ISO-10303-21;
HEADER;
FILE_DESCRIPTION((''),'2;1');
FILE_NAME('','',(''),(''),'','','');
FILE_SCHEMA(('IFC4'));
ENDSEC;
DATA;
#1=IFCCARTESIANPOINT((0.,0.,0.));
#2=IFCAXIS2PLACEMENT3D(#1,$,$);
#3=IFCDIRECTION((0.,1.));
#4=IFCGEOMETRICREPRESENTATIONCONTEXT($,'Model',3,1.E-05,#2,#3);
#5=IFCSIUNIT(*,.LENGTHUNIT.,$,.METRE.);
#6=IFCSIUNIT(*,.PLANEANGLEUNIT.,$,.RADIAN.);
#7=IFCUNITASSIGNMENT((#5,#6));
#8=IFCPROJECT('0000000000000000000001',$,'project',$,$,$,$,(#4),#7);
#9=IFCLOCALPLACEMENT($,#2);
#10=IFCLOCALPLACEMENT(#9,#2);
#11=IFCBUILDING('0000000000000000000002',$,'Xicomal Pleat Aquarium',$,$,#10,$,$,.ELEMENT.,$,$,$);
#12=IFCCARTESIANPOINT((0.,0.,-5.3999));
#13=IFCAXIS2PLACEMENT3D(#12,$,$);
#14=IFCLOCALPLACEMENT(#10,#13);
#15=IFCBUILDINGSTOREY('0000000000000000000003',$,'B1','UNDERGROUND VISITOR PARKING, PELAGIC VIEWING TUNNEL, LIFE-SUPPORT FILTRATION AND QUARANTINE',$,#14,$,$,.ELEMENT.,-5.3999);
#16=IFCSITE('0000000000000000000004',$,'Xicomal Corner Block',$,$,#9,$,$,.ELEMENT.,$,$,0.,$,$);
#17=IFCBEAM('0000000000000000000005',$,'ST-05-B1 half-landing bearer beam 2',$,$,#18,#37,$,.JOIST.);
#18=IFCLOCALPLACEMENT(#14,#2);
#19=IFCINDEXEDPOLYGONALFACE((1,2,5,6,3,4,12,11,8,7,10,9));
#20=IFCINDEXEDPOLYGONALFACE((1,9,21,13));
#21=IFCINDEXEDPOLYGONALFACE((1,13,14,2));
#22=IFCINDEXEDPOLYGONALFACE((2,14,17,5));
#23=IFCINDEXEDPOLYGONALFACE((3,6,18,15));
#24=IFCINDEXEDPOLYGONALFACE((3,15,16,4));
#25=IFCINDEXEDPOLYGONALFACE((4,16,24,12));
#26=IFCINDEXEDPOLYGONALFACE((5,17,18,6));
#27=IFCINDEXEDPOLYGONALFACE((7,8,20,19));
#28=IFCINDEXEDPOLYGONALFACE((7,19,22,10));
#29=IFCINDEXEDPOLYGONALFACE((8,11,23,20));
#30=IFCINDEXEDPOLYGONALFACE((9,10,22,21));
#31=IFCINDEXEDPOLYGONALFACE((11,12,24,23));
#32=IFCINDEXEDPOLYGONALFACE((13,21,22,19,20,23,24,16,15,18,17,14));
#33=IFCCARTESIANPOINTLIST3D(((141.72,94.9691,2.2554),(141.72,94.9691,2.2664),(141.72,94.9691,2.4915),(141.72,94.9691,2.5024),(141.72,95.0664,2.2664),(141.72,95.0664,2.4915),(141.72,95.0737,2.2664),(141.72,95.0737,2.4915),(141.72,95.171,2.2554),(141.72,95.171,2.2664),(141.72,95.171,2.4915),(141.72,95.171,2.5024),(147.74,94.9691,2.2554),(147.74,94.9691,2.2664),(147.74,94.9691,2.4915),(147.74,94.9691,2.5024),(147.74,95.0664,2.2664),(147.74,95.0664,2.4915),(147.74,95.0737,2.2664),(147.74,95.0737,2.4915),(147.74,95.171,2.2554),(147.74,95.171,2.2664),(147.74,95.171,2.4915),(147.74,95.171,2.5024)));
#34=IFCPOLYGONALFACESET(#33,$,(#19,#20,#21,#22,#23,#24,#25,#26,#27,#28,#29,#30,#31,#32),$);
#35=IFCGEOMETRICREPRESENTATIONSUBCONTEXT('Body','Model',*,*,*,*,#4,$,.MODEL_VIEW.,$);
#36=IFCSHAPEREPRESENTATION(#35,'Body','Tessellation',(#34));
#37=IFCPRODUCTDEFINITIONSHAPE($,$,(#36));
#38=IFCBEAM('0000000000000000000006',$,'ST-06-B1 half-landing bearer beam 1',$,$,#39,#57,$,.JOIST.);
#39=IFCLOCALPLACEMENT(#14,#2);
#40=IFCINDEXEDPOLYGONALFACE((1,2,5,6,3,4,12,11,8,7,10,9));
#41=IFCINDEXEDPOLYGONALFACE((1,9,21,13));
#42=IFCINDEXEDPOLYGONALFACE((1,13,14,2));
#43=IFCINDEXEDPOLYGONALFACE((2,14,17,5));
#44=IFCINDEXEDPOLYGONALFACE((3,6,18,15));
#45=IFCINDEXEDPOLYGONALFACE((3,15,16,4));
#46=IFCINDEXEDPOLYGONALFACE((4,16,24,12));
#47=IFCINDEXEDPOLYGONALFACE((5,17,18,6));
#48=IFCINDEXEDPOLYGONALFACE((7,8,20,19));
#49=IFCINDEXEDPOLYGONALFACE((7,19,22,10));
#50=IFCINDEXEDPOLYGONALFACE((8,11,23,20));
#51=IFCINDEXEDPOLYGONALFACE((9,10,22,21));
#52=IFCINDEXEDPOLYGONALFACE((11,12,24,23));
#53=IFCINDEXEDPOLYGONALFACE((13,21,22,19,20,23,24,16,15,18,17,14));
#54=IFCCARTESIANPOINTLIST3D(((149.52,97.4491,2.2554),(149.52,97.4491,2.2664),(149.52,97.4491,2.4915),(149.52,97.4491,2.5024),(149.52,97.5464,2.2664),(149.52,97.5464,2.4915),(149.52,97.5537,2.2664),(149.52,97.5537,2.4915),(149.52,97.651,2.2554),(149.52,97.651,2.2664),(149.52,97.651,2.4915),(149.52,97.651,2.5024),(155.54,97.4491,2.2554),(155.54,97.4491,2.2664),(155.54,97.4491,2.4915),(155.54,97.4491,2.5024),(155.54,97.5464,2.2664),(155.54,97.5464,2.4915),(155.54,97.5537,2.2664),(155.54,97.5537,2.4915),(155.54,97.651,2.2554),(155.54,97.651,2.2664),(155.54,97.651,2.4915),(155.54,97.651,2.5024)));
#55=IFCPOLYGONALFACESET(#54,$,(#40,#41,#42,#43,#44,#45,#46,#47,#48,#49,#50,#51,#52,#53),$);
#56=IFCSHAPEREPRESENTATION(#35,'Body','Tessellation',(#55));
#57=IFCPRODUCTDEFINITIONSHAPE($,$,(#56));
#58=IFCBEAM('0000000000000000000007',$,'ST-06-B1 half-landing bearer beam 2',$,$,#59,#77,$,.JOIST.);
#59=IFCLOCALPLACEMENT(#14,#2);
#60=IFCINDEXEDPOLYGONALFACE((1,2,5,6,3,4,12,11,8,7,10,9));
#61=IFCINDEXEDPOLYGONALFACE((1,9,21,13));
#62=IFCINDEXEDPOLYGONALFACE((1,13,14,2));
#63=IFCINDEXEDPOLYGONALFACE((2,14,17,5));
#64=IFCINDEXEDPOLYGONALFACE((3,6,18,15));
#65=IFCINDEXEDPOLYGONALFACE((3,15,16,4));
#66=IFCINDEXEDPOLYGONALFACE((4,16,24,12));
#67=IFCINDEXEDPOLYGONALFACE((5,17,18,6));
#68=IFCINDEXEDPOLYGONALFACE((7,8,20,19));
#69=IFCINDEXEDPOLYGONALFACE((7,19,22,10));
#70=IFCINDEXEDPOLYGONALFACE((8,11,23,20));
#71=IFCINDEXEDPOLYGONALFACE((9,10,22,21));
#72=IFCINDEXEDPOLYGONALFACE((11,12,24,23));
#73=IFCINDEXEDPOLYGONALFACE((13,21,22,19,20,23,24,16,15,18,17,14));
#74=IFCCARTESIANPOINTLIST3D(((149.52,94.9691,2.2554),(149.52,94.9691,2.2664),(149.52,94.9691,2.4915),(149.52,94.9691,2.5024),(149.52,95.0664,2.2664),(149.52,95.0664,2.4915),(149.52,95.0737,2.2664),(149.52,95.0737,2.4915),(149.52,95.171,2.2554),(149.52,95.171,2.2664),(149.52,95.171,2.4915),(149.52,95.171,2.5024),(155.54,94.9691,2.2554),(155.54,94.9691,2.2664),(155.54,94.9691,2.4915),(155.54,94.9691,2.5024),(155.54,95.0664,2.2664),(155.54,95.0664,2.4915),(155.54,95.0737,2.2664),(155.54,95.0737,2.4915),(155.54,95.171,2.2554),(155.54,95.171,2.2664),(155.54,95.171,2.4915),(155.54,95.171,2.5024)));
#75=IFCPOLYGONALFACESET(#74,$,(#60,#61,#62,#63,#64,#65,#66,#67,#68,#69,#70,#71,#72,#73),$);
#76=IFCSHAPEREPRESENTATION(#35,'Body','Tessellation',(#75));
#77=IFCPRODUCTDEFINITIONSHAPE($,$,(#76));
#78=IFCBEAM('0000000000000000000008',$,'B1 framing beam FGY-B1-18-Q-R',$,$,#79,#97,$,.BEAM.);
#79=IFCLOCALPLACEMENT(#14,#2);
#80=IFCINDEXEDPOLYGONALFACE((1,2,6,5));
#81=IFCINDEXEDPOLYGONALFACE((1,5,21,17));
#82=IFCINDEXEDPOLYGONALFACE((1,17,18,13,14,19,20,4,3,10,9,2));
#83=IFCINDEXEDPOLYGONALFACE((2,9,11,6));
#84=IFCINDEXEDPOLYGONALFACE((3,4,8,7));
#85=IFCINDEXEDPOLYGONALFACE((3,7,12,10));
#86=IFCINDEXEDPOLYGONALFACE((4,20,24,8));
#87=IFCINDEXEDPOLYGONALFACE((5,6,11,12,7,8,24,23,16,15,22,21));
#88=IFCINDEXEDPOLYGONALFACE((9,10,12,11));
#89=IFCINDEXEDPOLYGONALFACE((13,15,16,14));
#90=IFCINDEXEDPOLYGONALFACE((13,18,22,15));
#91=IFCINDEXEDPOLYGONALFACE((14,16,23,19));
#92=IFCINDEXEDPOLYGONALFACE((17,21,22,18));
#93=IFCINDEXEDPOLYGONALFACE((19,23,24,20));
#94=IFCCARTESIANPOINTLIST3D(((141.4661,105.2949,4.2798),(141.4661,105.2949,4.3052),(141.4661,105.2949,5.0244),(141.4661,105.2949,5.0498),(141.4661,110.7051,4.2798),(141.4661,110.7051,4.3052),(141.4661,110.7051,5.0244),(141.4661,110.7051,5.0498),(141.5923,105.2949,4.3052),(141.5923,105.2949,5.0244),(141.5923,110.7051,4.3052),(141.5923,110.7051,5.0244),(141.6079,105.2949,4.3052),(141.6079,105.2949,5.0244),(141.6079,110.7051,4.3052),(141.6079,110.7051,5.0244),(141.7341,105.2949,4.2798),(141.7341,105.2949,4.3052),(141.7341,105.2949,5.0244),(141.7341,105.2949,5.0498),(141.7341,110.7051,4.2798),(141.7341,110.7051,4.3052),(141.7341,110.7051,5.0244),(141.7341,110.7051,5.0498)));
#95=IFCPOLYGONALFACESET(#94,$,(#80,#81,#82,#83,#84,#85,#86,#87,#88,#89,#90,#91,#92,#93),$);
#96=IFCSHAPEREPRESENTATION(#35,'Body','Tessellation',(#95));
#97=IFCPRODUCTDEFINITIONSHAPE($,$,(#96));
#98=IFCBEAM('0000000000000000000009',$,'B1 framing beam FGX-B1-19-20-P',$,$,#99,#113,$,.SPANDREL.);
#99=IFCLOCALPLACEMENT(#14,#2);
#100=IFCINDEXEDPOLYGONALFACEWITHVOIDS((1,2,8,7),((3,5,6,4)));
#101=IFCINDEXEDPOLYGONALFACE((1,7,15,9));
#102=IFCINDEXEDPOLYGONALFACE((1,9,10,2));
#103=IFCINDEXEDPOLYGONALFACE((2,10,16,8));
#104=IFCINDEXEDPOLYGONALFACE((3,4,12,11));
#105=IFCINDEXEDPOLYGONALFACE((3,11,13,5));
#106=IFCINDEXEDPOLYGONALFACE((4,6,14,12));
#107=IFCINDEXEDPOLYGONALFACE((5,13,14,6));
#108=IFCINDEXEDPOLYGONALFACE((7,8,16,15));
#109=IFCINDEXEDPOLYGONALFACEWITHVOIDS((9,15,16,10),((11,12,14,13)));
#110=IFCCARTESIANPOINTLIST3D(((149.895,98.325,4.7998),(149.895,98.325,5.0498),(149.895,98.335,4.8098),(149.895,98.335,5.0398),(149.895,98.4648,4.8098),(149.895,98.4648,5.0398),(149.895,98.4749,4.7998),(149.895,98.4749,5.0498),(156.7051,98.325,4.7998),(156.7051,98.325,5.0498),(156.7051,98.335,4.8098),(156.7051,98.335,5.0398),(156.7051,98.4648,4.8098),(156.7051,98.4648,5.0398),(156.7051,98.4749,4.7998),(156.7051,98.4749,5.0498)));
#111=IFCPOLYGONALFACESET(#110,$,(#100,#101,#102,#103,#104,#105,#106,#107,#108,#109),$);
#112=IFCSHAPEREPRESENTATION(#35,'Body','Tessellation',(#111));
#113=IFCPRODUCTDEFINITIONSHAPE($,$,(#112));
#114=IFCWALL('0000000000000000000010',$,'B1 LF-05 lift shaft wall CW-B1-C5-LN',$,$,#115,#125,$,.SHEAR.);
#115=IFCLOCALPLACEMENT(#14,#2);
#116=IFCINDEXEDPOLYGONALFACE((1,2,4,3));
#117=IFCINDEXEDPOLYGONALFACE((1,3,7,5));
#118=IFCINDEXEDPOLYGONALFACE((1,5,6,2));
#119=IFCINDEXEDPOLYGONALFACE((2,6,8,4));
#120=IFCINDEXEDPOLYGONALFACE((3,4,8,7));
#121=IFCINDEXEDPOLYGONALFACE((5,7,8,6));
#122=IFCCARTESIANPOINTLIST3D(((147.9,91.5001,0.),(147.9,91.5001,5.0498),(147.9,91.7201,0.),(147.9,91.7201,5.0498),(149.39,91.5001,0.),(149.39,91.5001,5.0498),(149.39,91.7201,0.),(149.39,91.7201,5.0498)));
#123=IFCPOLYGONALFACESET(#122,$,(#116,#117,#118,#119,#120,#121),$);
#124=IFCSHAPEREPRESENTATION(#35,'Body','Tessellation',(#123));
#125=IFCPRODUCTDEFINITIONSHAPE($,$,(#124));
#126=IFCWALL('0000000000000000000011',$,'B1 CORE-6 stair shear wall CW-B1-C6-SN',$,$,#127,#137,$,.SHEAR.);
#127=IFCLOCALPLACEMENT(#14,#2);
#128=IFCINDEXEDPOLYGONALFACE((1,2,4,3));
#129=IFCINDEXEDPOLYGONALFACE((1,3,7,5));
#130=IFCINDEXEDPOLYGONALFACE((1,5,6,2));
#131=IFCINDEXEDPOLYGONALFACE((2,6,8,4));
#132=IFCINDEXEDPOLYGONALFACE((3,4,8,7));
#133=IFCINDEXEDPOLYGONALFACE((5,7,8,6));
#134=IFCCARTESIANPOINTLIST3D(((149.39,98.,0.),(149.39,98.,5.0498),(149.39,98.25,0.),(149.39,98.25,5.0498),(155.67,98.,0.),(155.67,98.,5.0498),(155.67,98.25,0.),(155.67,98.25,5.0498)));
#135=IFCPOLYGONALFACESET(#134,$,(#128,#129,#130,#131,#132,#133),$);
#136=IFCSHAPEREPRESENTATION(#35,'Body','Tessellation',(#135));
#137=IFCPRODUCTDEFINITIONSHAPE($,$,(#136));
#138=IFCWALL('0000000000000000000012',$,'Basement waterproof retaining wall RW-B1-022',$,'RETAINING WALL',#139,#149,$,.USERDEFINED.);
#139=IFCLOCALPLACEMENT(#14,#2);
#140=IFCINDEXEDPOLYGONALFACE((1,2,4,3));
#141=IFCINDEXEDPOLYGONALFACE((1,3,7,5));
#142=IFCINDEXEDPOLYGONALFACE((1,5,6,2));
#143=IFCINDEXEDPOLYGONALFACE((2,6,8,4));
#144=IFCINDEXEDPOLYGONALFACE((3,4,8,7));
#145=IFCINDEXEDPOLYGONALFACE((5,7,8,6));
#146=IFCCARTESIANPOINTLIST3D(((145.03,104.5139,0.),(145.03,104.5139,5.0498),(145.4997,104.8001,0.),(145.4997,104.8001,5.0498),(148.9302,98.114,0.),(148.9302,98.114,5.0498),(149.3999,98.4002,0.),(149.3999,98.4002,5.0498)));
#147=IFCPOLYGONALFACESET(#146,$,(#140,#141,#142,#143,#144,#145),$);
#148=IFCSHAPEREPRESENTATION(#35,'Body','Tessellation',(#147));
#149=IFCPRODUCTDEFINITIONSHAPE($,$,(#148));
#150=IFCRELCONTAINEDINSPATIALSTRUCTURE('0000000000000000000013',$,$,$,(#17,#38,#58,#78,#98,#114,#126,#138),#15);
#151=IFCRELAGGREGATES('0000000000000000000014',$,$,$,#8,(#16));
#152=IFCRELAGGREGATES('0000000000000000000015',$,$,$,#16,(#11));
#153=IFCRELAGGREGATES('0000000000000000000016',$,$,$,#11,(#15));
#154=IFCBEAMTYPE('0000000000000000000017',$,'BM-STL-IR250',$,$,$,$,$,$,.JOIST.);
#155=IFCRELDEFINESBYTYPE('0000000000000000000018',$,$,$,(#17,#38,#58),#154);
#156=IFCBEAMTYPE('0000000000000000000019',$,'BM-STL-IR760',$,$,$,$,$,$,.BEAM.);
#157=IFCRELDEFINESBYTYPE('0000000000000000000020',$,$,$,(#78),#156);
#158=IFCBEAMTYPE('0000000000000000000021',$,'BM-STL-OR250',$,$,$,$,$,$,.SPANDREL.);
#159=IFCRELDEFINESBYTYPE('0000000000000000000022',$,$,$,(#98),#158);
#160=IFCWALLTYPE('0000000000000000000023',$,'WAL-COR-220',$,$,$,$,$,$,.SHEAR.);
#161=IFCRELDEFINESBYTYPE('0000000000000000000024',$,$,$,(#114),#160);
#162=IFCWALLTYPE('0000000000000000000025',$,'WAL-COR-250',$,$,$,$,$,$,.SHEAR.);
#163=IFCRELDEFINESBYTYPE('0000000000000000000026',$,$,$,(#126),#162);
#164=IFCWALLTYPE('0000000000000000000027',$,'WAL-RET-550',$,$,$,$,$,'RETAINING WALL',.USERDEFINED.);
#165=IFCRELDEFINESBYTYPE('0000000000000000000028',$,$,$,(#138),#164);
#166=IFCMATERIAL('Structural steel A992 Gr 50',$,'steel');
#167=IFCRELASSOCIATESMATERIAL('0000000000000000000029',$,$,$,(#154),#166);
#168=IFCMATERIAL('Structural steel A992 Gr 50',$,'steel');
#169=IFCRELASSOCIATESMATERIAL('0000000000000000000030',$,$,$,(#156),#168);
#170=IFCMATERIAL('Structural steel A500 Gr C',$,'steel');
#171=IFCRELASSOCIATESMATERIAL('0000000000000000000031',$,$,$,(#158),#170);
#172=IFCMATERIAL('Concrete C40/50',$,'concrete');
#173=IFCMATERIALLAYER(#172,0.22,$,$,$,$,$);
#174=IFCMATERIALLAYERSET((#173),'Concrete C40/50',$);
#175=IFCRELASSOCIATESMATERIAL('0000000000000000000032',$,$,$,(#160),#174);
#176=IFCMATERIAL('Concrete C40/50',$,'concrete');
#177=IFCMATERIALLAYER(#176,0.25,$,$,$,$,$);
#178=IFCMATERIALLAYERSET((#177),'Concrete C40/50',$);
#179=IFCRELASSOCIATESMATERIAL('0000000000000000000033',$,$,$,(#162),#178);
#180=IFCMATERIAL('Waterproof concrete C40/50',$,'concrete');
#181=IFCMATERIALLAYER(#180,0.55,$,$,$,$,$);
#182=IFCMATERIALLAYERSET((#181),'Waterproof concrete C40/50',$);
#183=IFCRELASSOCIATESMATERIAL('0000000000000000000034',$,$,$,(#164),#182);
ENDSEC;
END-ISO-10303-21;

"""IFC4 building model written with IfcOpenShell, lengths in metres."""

from ifc_helpers import new_model, si_unit, direction, frame, frame_2d, origin, origin_2d, place, context, subcontext, project, spatial, rectangle, hollow_rectangle, i_section, extrude, material, layer, layer_set, material_profile, profile_set, type_object, element, save


model = new_model("IFC4")

# Units and contexts
model_context = context("Model", 3, precision=1e-05, world=origin(), true_north=direction((0.0, 1.0)))
body_context = subcontext(model_context, "Body", "Model", "MODEL_VIEW")
ifc_project = project(units=[si_unit("LENGTHUNIT", "METRE"), si_unit("PLANEANGLEUNIT", "RADIAN")], contexts=[model_context])

# Site, building, storey
site_placement = place(None, origin())
site = spatial("IfcSite", under=ifc_project, at=site_placement, Name="Xicomal Corner Block", CompositionType="ELEMENT", RefElevation=0.0)
building_placement = place(site_placement, origin())
building = spatial("IfcBuilding", under=site, at=building_placement, Name="Xicomal Pleat Aquarium", CompositionType="ELEMENT")
storey_placement = place(building_placement, frame((0.0, 0.0, -5.3999)))
storey = spatial("IfcBuildingStorey", under=building, at=storey_placement, Name="B1", Description="UNDERGROUND VISITOR PARKING, PELAGIC VIEWING TUNNEL, LIFE-SUPPORT FILTRATION AND QUARANTINE", CompositionType="ELEMENT", Elevation=-5.3999)

# Beams
ifc_material_1 = material(Name="Structural steel A992 Gr 50", Category="steel")
ifc_material_profile_1 = material_profile(ifc_material_1, i_section(OverallWidth=0.2019, OverallDepth=0.2471, WebThickness=0.0073, FlangeThickness=0.011, at=origin_2d()), Name="IR 250x49")
ifc_profile_set_1 = profile_set([ifc_material_profile_1], Name="Structural steel A992 Gr 50")
beam_type_1 = type_object("IfcBeamType", Name="BM-STL-IR250", PredefinedType="JOIST", material=ifc_profile_set_1)
for number, where, z_axis, x_axis, name in (
    (1, (141.72, 95.0701, 2.3789), (1.0, 0.0, 0.0), (0.0, 1.0, 0.0), "ST-05-B1 half-landing bearer beam 2"),
    (2, (149.52, 97.55, 2.3789), (1.0, 0.0, 0.0), (0.0, 1.0, 0.0), "ST-06-B1 half-landing bearer beam 1"),
    (3, (149.52, 95.0701, 2.3789), (1.0, 0.0, 0.0), (0.0, 1.0, 0.0), "ST-06-B1 half-landing bearer beam 2"),
):
    element("IfcBeam", number, at=place(storey_placement, frame(where, z_axis=z_axis, x_axis=x_axis)), inside=storey, type_object=beam_type_1, Name=name, PredefinedType="JOIST", context=body_context, shape_type="SweptSolid", body=[
        extrude(i_section(OverallWidth=0.2019, OverallDepth=0.2471, WebThickness=0.0073, FlangeThickness=0.011, at=origin_2d()), origin(), (0.0, 0.0, 1.0), 6.02),
    ])
ifc_material_2 = material(Name="Structural steel A992 Gr 50", Category="steel")
ifc_material_profile_2 = material_profile(ifc_material_2, i_section(OverallWidth=0.2681, OverallDepth=0.77, WebThickness=0.0156, FlangeThickness=0.0254, at=origin_2d()), Name="IR 760x196")
ifc_profile_set_2 = profile_set([ifc_material_profile_2], Name="Structural steel A992 Gr 50")
beam_type_2 = type_object("IfcBeamType", Name="BM-STL-IR760", PredefinedType="BEAM", material=ifc_profile_set_2)
beam_1_placement = place(storey_placement, frame((141.6001, 105.2949, 4.6648), z_axis=(0.0, 1.0, 0.0), x_axis=(-1.0, 0.0, 0.0)))
element("IfcBeam", 4, at=beam_1_placement, inside=storey, type_object=beam_type_2, Name="B1 framing beam FGY-B1-18-Q-R", PredefinedType="BEAM", context=body_context, shape_type="SweptSolid", body=[
    extrude(i_section(OverallWidth=0.2681, OverallDepth=0.77, WebThickness=0.0156, FlangeThickness=0.0254, at=origin_2d()), origin(), (0.0, 0.0, 1.0), 5.4102),
])
ifc_material_3 = material(Name="Structural steel A500 Gr C", Category="steel")
ifc_material_profile_3 = material_profile(ifc_material_3, hollow_rectangle(XDim=0.1499, YDim=0.25, WallThickness=0.01, at=origin_2d()), Name="OR 250x150x10")
ifc_profile_set_3 = profile_set([ifc_material_profile_3], Name="Structural steel A500 Gr C")
beam_type_3 = type_object("IfcBeamType", Name="BM-STL-OR250", PredefinedType="SPANDREL", material=ifc_profile_set_3)
beam_2_placement = place(storey_placement, frame((149.895, 98.3999, 4.9248), z_axis=(1.0, 0.0, 0.0), x_axis=(0.0, 1.0, 0.0)))
element("IfcBeam", 5, at=beam_2_placement, inside=storey, type_object=beam_type_3, Name="B1 framing beam FGX-B1-19-20-P", PredefinedType="SPANDREL", context=body_context, shape_type="SweptSolid", body=[
    extrude(hollow_rectangle(XDim=0.1499, YDim=0.25, WallThickness=0.01, at=origin_2d()), origin(), (0.0, 0.0, 1.0), 6.8101),
])

# Walls
ifc_material_4 = material(Name="Concrete C40/50", Category="concrete")
ifc_layer_1 = layer(ifc_material_4, 0.22)
ifc_layer_set_1 = layer_set([ifc_layer_1], Name="Concrete C40/50")
wall_type_1 = type_object("IfcWallType", Name="WAL-COR-220", PredefinedType="SHEAR", material=ifc_layer_set_1)
wall_1_placement = place(storey_placement, frame((147.8999, 91.6101, 0.0), z_axis=(0.0, 0.0, 1.0), x_axis=(1.0, 0.0, 0.0)))
element("IfcWall", 6, at=wall_1_placement, inside=storey, type_object=wall_type_1, Name="B1 LF-05 lift shaft wall CW-B1-C5-LN", PredefinedType="SHEAR", context=body_context, shape_type="SweptSolid", body=[
    extrude(rectangle(XDim=1.49, YDim=0.22, at=frame_2d((0.7451, 0.0))), origin(), (0.0, 0.0, 1.0), 5.0498),
])
ifc_material_5 = material(Name="Concrete C40/50", Category="concrete")
ifc_layer_2 = layer(ifc_material_5, 0.25)
ifc_layer_set_2 = layer_set([ifc_layer_2], Name="Concrete C40/50")
wall_type_2 = type_object("IfcWallType", Name="WAL-COR-250", PredefinedType="SHEAR", material=ifc_layer_set_2)
wall_2_placement = place(storey_placement, frame((149.3899, 98.125, 0.0), z_axis=(0.0, 0.0, 1.0), x_axis=(1.0, 0.0, 0.0)))
element("IfcWall", 7, at=wall_2_placement, inside=storey, type_object=wall_type_2, Name="B1 CORE-6 stair shear wall CW-B1-C6-SN", PredefinedType="SHEAR", context=body_context, shape_type="SweptSolid", body=[
    extrude(rectangle(XDim=6.28, YDim=0.25, at=frame_2d((3.1401, 0.0))), origin(), (0.0, 0.0, 1.0), 5.0498),
])
ifc_material_6 = material(Name="Waterproof concrete C40/50", Category="concrete")
ifc_layer_3 = layer(ifc_material_6, 0.55)
ifc_layer_set_3 = layer_set([ifc_layer_3], Name="Waterproof concrete C40/50")
wall_type_3 = type_object("IfcWallType", Name="WAL-RET-550", ElementType="RETAINING WALL", PredefinedType="USERDEFINED", material=ifc_layer_set_3)
wall_3_placement = place(storey_placement, frame((145.2649, 104.657, 0.0), z_axis=(0.0, 0.0, 1.0), x_axis=(0.52039, -0.853929, 0.0)))
element("IfcWall", 8, at=wall_3_placement, inside=storey, type_object=wall_type_3, Name="Basement waterproof retaining wall RW-B1-022", ObjectType="RETAINING WALL", PredefinedType="USERDEFINED", context=body_context, shape_type="SweptSolid", body=[
    extrude(rectangle(XDim=7.4946, YDim=0.55, at=frame_2d((3.7473, 0.0))), origin(), (0.0, 0.0, 1.0), 5.0498),
])

save(model, "model.ifc")
